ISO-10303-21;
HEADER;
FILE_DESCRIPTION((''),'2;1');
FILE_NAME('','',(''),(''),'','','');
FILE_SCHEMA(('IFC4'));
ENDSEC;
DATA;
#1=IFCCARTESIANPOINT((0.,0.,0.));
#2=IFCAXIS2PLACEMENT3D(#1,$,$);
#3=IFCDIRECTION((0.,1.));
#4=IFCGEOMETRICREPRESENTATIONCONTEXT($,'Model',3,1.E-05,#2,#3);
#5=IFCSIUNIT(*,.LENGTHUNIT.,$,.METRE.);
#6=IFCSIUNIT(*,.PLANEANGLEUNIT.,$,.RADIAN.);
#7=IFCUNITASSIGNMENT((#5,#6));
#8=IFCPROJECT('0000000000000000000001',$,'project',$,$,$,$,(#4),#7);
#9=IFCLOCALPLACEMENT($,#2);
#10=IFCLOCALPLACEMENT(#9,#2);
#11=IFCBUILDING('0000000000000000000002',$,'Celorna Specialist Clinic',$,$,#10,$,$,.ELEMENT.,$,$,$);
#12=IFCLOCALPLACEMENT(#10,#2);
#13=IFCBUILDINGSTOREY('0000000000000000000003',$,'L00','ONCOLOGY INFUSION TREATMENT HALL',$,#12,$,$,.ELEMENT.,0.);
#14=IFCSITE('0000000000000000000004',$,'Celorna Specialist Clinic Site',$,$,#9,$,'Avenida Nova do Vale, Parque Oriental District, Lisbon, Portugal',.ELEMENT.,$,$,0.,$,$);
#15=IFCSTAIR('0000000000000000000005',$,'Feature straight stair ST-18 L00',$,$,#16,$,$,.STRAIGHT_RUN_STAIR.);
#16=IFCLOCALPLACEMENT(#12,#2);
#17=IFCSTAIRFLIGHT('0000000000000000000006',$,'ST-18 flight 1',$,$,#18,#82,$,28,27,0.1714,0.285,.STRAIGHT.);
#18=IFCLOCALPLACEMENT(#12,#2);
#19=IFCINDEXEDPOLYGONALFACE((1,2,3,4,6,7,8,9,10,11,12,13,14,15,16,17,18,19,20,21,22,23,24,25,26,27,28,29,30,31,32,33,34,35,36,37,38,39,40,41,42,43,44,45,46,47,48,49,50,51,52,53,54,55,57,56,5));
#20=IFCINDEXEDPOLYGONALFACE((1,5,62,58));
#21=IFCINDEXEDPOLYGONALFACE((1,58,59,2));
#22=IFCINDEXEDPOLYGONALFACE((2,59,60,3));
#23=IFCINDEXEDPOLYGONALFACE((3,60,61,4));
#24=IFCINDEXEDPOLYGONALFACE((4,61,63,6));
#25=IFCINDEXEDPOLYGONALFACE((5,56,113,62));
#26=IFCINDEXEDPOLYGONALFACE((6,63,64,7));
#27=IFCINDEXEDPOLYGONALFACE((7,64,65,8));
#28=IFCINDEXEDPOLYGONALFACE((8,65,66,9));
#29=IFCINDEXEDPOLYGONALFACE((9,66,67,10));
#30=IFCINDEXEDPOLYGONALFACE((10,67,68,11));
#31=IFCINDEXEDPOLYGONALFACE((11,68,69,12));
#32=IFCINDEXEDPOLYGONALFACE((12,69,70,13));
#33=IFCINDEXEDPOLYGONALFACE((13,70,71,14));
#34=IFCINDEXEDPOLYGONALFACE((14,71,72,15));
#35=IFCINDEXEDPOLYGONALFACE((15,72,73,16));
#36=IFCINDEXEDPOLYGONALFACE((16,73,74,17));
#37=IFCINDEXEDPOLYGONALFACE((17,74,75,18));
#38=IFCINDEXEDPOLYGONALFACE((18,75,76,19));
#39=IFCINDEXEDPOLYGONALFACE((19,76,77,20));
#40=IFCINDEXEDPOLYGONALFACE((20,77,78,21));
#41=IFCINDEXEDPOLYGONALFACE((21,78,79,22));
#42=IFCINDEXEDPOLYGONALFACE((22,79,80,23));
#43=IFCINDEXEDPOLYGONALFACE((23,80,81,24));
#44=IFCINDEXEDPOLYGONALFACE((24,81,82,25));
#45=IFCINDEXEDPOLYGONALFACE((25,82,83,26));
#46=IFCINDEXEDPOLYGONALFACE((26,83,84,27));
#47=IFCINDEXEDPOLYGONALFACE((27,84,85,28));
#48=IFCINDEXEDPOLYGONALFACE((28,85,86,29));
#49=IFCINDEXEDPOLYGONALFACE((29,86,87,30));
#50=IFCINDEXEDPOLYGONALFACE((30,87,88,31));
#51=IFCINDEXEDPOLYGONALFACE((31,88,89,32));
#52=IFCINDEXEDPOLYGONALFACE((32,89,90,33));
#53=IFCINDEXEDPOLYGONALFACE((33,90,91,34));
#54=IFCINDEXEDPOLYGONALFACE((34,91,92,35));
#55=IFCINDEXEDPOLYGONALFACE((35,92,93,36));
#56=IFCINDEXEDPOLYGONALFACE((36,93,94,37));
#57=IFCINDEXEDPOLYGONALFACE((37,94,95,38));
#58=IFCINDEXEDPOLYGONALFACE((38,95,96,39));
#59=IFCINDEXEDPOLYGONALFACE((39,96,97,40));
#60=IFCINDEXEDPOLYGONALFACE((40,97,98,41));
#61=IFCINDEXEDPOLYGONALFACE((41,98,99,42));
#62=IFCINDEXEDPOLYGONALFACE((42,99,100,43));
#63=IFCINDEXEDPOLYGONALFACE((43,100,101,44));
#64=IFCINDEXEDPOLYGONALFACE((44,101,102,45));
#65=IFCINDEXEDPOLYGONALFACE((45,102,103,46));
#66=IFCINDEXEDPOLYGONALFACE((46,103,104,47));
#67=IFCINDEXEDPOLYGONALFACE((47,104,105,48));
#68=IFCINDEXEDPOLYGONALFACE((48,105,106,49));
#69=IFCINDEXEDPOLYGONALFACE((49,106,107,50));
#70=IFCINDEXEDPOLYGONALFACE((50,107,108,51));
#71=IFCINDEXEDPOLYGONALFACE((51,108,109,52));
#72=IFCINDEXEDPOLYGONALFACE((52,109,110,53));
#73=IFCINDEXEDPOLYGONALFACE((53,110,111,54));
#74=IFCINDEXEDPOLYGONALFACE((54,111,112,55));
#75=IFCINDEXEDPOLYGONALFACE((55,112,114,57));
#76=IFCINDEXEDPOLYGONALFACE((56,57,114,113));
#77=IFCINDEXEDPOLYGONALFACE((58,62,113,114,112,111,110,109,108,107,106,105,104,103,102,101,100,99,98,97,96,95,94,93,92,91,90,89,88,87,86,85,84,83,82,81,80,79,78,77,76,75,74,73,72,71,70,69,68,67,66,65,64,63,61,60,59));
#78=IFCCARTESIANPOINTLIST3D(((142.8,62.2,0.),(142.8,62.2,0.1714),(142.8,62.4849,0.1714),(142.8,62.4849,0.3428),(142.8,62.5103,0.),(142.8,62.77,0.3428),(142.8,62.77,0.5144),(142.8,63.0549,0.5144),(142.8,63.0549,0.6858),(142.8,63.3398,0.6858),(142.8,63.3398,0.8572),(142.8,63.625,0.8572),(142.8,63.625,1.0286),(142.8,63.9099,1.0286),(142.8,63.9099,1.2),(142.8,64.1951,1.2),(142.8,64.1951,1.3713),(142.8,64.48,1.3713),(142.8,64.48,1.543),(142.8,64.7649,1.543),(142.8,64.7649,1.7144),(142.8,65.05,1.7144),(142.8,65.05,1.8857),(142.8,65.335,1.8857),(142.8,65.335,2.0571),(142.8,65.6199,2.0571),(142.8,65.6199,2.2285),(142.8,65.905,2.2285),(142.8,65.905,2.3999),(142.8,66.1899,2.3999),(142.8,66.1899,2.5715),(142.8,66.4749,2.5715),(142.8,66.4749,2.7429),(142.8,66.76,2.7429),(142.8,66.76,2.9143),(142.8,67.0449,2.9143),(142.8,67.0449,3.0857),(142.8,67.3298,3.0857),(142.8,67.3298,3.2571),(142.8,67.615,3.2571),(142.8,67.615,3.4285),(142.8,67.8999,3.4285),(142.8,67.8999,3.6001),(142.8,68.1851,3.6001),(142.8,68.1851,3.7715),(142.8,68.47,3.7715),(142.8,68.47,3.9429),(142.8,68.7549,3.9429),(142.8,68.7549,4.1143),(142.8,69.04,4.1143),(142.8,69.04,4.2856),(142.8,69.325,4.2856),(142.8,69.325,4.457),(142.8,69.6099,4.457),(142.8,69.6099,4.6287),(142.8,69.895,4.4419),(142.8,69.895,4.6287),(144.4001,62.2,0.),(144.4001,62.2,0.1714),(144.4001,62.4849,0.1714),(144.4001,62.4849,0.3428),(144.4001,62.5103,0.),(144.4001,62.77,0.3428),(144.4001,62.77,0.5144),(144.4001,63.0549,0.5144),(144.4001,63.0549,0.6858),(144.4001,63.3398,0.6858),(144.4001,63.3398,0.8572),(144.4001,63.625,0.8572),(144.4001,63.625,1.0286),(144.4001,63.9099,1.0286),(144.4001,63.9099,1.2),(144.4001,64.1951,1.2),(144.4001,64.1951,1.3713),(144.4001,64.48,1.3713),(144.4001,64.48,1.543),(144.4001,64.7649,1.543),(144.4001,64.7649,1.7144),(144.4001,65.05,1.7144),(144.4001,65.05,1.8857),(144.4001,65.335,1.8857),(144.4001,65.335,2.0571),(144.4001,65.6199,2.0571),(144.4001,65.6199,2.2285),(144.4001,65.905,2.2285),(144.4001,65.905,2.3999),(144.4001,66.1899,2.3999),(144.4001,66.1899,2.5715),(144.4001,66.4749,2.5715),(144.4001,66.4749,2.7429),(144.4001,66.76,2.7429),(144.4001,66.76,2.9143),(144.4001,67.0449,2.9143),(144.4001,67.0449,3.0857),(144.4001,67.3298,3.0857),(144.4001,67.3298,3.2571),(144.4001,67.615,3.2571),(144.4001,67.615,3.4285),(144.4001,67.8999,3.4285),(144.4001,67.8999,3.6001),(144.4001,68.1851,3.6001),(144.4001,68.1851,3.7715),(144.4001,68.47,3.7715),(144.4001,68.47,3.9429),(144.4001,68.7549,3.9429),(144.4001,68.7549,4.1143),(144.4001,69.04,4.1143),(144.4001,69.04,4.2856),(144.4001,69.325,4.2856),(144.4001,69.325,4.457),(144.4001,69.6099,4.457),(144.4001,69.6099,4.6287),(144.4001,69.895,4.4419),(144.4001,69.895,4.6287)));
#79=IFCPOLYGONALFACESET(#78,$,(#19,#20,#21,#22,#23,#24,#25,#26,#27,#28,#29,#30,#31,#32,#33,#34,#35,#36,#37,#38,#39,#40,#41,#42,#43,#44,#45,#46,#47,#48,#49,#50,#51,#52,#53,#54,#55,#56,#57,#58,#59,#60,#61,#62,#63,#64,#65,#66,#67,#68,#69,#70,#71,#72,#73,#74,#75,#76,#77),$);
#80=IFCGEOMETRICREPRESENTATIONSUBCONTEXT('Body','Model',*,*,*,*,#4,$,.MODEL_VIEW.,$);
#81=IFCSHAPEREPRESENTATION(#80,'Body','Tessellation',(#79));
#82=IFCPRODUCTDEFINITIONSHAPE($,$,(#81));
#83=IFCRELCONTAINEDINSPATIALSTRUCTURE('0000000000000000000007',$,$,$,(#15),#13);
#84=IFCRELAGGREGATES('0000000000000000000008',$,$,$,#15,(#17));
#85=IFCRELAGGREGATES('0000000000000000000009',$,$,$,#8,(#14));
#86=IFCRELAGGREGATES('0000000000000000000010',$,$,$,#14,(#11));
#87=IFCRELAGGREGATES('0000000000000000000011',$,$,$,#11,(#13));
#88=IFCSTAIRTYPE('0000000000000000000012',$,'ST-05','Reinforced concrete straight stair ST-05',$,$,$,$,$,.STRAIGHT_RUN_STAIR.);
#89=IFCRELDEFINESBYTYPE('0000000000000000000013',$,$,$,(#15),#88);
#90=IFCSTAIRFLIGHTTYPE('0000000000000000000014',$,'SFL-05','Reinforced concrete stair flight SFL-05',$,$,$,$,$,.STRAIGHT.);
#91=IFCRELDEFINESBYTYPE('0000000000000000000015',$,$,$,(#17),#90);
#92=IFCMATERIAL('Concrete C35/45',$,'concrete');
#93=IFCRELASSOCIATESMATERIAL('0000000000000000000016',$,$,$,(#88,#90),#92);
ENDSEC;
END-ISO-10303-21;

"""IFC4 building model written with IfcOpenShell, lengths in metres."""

from ifc_helpers import new_model, si_unit, direction, frame, origin, place, context, subcontext, project, spatial, polyline, outline, extrude, material, type_object, element, aggregate, save


model = new_model("IFC4")

# Units and contexts
model_context = context("Model", 3, precision=1e-05, world=origin(), true_north=direction((0.0, 1.0)))
body_context = subcontext(model_context, "Body", "Model", "MODEL_VIEW")
ifc_project = project(units=[si_unit("LENGTHUNIT", "METRE"), si_unit("PLANEANGLEUNIT", "RADIAN")], contexts=[model_context])

# Site, building, storey
site_placement = place(None, origin())
site = spatial("IfcSite", under=ifc_project, at=site_placement, Name="Celorna Specialist Clinic Site", LongName="Avenida Nova do Vale, Parque Oriental District, Lisbon, Portugal", CompositionType="ELEMENT", RefElevation=0.0)
building_placement = place(site_placement, origin())
building = spatial("IfcBuilding", under=site, at=building_placement, Name="Celorna Specialist Clinic", CompositionType="ELEMENT")
storey_placement = place(building_placement, origin())
storey = spatial("IfcBuildingStorey", under=building, at=storey_placement, Name="L00", Description="ONCOLOGY INFUSION TREATMENT HALL", CompositionType="ELEMENT", Elevation=0.0)

# Shared definitions
ifc_material_1 = material(Name="Concrete C35/45", Category="concrete")

# Stair, stair flight
stair_type = type_object("IfcStairType", Name="ST-05", Description="Reinforced concrete straight stair ST-05", PredefinedType="STRAIGHT_RUN_STAIR", material=ifc_material_1)
stair_placement = place(storey_placement, origin())
stair = element("IfcStair", 1, at=stair_placement, inside=storey, type_object=stair_type, Name="Feature straight stair ST-18 L00", PredefinedType="STRAIGHT_RUN_STAIR")
stair_flight_type = type_object("IfcStairFlightType", Name="SFL-05", Description="Reinforced concrete stair flight SFL-05", PredefinedType="STRAIGHT", material=ifc_material_1)
stair_flight_placement = place(storey_placement, frame((143.6001, 62.2, 0.0), z_axis=(0.0, 0.0, 1.0), x_axis=(0.0, 1.0, 0.0)))
stair_flight = element("IfcStairFlight", 2, at=stair_flight_placement, type_object=stair_flight_type, Name="ST-18 flight 1", NumberOfRisers=28, NumberOfTreads=27, PredefinedType="STRAIGHT", RiserHeight=0.1714, TreadLength=0.285, context=body_context, shape_type="SweptSolid", body=[
    extrude(outline(polyline([(0.0, 0.0), (0.0, 0.1714), (0.2849, 0.1714), (0.2849, 0.3428), (0.5701, 0.3428), (0.5701, 0.5144), (0.855, 0.5144), (0.855, 0.6858), (1.1399, 0.6858), (1.1399, 0.8572), (1.425, 0.8572), (1.425, 1.0286), (1.71, 1.0286), (1.71, 1.2), (1.9951, 1.2), (1.9951, 1.3713), (2.28, 1.3713), (2.28, 1.543), (2.5649, 1.543), (2.5649, 1.7144), (2.8501, 1.7144), (2.8501, 1.8857), (3.135, 1.8857), (3.135, 2.0571), (3.4199, 2.0571), (3.4199, 2.2285), (3.7051, 2.2285), (3.7051, 2.3999), (3.99, 2.3999), (3.99, 2.5715), (4.2749, 2.5715), (4.2749, 2.7429), (4.5601, 2.7429), (4.5601, 2.9143), (4.845, 2.9143), (4.845, 3.0857), (5.1299, 3.0857), (5.1299, 3.2571), (5.415, 3.2571), (5.415, 3.4285), (5.7, 3.4285), (5.7, 3.6001), (5.9851, 3.6001), (5.9851, 3.7715), (6.27, 3.7715), (6.27, 3.9429), (6.5549, 3.9429), (6.5549, 4.1143), (6.8401, 4.1143), (6.8401, 4.2856), (7.125, 4.2856), (7.125, 4.457), (7.4099, 4.457), (7.4099, 4.6287), (7.6951, 4.6287), (7.6951, 4.8), (7.6951, 4.4419), (0.3103, 0.0), (0.0, 0.0)])), frame((0.0, 0.8, 0.0), z_axis=(0.0, -1.0, 0.0), x_axis=(1.0, 0.0, 0.0)), (0.0, 0.0, 1.0), 1.6001),
])
aggregate(stair, [stair_flight])

save(model, "model.ifc")
